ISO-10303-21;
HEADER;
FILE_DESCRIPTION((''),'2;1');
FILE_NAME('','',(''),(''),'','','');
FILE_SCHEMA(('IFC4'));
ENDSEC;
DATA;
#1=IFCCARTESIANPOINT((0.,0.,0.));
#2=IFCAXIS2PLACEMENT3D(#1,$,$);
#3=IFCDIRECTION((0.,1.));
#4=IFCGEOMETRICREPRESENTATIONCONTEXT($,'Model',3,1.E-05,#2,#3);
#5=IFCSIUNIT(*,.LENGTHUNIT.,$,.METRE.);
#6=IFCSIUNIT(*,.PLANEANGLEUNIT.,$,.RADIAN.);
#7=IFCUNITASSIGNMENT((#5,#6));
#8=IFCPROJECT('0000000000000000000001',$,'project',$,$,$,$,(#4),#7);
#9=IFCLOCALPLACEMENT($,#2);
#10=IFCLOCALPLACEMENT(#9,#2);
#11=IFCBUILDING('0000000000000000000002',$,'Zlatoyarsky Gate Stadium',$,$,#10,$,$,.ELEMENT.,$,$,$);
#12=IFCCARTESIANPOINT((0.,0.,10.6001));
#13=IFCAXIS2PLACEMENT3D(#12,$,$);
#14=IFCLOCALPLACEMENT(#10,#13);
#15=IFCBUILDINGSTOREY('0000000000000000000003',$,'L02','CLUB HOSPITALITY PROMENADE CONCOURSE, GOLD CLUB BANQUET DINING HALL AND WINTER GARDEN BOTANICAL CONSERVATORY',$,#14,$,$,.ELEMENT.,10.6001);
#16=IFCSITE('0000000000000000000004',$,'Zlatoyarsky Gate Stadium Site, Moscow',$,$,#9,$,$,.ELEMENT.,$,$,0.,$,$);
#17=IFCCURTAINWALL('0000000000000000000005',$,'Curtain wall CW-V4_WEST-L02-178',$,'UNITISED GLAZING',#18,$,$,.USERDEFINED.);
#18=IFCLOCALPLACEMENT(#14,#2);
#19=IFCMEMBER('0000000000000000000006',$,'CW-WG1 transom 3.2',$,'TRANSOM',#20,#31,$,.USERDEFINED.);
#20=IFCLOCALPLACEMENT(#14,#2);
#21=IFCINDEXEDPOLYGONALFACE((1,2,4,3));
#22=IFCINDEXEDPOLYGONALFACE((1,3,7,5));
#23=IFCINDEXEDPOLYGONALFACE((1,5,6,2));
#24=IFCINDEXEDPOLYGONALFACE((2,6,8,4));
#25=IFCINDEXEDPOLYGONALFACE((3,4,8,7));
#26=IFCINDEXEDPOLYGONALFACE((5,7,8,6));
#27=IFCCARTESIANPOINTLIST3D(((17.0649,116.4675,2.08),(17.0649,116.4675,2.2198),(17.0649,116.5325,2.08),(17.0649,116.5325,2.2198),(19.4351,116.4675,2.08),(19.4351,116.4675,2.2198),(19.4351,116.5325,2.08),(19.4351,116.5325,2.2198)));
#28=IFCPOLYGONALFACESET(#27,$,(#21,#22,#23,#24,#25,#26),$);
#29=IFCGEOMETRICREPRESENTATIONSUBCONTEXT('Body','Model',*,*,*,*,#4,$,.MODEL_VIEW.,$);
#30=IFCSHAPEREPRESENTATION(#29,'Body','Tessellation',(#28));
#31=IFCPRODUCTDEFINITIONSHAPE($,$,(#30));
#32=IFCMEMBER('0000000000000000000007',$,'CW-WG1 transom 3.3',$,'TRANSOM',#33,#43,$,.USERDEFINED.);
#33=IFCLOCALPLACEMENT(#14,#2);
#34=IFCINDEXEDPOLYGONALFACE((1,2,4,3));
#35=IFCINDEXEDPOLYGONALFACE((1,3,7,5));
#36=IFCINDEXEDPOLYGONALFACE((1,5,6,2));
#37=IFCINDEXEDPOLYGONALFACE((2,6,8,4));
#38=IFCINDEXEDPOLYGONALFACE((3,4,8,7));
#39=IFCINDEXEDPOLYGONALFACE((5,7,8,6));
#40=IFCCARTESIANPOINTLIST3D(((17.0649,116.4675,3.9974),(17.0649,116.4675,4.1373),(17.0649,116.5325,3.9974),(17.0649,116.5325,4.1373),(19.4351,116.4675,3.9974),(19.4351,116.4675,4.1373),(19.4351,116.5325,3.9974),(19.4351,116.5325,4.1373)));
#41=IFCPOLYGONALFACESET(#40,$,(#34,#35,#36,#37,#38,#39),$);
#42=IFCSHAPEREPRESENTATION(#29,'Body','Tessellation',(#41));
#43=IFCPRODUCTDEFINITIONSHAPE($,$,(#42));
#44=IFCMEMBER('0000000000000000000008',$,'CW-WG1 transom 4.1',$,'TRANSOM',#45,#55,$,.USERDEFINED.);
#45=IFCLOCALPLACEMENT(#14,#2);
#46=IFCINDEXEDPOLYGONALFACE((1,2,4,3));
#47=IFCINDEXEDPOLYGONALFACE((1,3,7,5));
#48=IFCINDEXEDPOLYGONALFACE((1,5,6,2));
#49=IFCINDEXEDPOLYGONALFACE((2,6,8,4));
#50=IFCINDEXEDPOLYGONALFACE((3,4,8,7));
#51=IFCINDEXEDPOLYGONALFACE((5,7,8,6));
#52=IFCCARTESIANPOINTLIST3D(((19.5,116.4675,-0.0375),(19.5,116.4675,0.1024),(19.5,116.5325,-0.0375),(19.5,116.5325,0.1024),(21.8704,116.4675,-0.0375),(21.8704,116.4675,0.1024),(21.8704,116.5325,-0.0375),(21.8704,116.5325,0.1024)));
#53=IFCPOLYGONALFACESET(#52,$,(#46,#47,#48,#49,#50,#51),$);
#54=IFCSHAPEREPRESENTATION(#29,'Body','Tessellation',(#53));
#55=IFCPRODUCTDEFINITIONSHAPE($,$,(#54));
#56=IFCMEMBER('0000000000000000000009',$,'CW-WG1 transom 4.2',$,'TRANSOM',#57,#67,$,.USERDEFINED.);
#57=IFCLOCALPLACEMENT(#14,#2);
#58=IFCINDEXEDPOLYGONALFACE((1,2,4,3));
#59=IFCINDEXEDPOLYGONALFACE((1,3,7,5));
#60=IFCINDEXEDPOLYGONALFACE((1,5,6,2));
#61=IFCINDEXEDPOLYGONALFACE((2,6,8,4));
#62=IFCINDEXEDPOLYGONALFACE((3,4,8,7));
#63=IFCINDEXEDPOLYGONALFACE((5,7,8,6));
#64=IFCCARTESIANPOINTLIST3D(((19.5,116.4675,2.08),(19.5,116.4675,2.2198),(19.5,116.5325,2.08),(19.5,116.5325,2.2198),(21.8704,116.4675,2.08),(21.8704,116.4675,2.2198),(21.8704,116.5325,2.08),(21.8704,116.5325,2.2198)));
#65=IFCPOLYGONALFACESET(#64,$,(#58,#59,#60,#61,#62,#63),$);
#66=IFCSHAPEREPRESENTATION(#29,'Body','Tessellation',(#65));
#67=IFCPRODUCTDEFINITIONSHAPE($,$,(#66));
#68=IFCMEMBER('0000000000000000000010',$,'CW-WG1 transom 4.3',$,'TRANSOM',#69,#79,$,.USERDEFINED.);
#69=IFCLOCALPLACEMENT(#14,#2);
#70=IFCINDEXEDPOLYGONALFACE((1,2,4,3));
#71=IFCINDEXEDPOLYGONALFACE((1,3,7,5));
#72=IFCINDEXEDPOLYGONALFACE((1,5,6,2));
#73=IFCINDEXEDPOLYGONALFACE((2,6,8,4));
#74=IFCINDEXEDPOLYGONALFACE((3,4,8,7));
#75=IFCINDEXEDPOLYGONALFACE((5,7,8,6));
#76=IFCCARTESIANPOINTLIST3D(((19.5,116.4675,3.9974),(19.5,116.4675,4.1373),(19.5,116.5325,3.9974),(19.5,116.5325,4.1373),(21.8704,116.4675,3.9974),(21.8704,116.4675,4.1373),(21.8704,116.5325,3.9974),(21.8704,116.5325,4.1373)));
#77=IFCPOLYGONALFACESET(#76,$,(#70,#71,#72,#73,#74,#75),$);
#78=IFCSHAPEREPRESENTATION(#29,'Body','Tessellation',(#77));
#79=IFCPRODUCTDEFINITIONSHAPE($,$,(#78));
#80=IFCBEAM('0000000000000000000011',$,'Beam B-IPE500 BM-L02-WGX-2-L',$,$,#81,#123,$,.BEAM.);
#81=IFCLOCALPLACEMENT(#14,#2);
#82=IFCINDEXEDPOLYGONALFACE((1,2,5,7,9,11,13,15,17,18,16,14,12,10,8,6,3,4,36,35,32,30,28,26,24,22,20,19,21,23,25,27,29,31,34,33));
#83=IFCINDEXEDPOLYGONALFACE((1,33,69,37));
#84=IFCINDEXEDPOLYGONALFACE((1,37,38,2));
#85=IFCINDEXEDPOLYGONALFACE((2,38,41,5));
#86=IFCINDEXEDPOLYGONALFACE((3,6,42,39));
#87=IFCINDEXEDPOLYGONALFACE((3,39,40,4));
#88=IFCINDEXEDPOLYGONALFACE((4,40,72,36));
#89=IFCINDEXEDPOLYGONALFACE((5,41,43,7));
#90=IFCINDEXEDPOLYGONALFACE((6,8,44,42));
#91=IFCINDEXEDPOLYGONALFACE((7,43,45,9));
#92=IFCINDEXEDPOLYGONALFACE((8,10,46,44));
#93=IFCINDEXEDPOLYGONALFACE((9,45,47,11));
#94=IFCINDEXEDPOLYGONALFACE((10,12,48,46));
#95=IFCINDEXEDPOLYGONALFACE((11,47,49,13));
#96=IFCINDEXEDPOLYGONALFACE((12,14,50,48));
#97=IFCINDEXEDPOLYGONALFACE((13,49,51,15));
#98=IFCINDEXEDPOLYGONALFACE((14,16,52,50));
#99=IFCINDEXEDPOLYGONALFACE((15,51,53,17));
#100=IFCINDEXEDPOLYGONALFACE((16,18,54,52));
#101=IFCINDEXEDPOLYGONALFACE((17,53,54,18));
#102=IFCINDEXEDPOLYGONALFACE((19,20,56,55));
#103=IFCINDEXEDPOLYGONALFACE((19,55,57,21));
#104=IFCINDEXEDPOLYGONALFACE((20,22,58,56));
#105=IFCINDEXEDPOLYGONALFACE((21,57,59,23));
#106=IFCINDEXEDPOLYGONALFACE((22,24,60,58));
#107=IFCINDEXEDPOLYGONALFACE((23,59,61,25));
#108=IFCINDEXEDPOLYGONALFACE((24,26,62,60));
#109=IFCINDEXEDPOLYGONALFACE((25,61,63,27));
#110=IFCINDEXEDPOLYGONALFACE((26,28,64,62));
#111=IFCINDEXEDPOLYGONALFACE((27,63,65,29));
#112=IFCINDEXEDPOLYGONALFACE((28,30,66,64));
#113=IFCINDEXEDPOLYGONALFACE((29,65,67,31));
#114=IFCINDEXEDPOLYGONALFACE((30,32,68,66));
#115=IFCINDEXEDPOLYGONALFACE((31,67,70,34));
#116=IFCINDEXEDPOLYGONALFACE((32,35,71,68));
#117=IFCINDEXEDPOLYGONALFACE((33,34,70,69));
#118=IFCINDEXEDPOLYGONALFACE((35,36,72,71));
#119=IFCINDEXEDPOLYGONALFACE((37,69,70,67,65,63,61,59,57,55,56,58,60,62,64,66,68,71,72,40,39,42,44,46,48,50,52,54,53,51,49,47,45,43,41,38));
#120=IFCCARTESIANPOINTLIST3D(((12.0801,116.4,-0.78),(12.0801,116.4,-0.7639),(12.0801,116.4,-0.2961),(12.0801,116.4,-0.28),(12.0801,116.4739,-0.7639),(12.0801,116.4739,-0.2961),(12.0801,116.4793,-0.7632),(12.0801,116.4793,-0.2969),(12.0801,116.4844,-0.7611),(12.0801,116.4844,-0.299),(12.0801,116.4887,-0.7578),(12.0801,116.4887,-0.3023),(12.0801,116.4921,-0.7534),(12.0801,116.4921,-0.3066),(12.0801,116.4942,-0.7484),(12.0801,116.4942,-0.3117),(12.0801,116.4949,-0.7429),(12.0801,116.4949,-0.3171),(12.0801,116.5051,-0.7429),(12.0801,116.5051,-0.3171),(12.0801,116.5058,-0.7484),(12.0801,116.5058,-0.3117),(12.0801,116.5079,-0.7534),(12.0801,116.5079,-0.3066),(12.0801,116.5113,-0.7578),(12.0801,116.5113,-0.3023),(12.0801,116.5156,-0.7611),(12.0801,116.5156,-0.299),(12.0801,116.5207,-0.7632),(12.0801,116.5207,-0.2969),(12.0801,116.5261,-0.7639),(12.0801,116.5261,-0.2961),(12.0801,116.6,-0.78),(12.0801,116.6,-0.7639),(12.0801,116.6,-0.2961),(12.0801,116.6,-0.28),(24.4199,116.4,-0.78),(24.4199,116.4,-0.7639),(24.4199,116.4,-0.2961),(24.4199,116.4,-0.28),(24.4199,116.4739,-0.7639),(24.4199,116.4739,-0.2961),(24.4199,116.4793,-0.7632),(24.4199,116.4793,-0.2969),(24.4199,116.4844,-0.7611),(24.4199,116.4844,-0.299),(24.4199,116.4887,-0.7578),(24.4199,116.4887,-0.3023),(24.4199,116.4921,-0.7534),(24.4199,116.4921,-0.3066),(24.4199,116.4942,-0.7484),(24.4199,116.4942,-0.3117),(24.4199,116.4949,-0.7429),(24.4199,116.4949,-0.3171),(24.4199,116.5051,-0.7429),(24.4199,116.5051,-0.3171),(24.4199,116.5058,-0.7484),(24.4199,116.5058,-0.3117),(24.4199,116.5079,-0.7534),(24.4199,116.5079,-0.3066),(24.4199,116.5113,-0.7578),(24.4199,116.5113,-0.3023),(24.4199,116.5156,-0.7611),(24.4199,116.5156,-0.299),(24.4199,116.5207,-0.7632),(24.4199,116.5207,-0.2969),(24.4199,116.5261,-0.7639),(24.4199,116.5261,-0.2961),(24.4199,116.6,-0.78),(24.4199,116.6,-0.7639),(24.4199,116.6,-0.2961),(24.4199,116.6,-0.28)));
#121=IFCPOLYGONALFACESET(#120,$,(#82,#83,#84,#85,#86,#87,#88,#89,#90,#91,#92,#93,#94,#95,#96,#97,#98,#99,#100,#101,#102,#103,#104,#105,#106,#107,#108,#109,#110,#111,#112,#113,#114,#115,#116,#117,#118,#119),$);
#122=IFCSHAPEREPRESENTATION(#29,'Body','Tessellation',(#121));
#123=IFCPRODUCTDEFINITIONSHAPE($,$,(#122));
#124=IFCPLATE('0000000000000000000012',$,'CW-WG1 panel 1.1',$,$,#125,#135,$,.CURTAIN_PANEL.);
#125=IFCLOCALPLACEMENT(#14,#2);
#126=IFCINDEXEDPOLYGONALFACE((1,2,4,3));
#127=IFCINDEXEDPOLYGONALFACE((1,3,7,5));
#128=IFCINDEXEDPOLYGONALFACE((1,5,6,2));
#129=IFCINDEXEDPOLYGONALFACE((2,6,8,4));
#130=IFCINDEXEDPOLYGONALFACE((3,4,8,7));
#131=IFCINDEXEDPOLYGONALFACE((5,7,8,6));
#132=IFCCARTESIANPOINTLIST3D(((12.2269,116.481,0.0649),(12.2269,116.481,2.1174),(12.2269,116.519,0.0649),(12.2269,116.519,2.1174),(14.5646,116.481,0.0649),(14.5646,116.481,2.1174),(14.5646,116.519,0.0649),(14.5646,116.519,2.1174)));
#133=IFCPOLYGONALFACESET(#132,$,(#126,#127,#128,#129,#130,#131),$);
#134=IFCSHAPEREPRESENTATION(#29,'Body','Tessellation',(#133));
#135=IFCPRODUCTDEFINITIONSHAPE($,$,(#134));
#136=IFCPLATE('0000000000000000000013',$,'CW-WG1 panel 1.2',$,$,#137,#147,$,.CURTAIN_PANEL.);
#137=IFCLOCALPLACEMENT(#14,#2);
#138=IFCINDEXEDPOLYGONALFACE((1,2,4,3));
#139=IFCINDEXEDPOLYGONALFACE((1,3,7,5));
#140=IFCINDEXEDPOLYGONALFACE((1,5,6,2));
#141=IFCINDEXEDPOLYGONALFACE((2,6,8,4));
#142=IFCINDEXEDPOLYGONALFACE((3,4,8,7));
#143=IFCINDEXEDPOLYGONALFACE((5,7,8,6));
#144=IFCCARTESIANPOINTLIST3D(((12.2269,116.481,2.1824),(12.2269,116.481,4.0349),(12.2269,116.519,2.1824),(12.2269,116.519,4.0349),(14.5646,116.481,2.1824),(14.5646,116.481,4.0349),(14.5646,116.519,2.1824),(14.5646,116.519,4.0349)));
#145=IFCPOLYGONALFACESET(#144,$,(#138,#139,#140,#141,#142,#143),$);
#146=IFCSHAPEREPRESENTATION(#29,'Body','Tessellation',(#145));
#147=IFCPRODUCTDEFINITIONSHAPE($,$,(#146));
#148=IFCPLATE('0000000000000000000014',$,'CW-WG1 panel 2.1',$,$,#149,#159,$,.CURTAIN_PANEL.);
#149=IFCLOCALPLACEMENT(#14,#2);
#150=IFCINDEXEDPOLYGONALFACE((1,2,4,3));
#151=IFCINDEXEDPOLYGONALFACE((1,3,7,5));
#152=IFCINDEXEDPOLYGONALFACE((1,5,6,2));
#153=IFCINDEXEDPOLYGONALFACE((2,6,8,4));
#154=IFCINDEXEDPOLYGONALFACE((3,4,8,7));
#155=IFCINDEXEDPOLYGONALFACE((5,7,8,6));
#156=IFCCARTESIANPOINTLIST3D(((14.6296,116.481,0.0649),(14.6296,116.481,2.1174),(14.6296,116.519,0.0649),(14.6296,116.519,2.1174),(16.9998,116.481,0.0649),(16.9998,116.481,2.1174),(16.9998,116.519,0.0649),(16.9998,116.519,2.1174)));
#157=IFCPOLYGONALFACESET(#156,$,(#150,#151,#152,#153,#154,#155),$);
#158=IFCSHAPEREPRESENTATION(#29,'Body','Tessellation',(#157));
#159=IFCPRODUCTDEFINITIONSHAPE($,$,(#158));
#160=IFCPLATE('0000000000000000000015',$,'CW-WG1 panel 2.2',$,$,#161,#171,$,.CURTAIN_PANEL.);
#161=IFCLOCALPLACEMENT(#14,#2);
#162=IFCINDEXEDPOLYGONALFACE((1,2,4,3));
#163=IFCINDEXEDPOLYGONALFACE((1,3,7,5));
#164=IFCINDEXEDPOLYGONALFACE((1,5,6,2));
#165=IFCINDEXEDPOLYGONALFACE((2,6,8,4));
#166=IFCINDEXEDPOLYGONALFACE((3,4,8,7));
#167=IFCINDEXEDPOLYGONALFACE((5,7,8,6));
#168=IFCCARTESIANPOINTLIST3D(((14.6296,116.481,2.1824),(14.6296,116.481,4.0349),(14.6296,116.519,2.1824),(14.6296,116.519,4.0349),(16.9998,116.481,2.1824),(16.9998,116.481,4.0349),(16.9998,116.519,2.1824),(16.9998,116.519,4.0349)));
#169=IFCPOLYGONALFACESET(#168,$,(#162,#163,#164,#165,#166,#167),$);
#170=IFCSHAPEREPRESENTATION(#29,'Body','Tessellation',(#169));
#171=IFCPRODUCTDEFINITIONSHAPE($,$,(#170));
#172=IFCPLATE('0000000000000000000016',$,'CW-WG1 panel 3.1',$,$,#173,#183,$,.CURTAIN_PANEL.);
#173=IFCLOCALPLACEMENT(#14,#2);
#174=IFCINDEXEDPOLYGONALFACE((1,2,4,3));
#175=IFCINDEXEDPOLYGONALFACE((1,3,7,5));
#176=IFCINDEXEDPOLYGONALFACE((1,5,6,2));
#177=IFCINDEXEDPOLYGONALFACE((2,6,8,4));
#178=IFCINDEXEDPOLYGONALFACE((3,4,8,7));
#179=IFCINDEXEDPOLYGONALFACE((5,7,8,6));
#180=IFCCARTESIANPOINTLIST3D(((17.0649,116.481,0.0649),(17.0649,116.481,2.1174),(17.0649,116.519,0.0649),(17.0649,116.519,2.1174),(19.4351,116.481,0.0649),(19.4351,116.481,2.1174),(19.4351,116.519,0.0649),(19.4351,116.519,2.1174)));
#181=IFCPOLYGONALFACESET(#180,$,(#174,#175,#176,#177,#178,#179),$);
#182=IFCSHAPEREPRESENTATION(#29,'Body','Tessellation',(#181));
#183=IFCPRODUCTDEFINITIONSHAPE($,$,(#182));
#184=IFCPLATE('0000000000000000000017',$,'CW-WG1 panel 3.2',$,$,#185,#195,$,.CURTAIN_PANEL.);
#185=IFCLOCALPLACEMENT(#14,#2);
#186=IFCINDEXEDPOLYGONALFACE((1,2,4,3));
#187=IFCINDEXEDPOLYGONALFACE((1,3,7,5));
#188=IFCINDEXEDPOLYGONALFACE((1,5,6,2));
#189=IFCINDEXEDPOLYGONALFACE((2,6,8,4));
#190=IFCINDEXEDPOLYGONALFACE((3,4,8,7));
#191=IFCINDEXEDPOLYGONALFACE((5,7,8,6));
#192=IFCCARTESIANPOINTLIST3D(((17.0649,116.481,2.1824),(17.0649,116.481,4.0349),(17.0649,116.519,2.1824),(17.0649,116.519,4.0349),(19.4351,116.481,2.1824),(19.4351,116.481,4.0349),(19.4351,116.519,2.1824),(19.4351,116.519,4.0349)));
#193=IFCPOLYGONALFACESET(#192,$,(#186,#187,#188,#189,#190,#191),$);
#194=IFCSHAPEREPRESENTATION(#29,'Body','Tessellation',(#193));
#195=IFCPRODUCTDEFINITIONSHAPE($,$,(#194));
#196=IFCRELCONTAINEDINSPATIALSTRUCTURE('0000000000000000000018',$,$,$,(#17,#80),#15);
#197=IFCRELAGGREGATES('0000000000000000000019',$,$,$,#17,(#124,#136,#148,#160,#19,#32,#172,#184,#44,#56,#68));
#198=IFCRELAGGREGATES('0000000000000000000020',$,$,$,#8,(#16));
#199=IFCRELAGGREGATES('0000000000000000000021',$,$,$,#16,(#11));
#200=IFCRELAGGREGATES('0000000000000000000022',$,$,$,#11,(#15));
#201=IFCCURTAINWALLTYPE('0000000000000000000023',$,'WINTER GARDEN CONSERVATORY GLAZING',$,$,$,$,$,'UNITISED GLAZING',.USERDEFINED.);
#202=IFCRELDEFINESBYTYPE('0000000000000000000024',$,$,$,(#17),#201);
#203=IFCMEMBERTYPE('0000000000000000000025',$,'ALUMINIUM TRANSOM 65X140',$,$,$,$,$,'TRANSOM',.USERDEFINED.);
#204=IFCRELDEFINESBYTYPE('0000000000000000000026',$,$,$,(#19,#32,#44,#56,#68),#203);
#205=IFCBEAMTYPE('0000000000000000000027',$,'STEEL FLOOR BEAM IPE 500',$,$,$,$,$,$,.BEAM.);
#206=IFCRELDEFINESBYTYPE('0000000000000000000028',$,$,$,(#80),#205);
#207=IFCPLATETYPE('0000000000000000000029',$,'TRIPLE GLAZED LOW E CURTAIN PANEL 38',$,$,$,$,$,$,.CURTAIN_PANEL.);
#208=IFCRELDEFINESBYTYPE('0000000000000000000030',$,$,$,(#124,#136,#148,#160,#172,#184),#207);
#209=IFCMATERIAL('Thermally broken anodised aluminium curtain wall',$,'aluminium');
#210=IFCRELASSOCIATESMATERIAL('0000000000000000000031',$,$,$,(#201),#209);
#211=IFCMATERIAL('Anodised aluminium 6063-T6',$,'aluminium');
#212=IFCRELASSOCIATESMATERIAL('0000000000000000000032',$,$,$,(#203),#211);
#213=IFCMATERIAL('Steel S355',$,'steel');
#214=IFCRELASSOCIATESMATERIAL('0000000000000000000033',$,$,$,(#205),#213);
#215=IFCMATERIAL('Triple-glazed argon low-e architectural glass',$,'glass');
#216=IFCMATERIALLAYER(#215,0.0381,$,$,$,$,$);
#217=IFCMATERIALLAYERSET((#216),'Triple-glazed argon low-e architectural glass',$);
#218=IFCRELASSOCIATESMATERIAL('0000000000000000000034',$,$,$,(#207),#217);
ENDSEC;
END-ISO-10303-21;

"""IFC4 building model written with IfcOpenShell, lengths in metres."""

from ifc_helpers import new_model, si_unit, direction, frame, origin, origin_2d, place, context, subcontext, project, spatial, rectangle, i_section, extrude, material, layer, layer_set, material_profile, profile_set, type_object, element, aggregate, save


model = new_model("IFC4")

# Units and contexts
model_context = context("Model", 3, precision=1e-05, world=origin(), true_north=direction((0.0, 1.0)))
body_context = subcontext(model_context, "Body", "Model", "MODEL_VIEW")
ifc_project = project(units=[si_unit("LENGTHUNIT", "METRE"), si_unit("PLANEANGLEUNIT", "RADIAN")], contexts=[model_context])

# Site, building, storey
site_placement = place(None, origin())
site = spatial("IfcSite", under=ifc_project, at=site_placement, Name="Zlatoyarsky Gate Stadium Site, Moscow", CompositionType="ELEMENT", RefElevation=0.0)
building_placement = place(site_placement, origin())
building = spatial("IfcBuilding", under=site, at=building_placement, Name="Zlatoyarsky Gate Stadium", CompositionType="ELEMENT")
storey_placement = place(building_placement, frame((0.0, 0.0, 10.6001)))
storey = spatial("IfcBuildingStorey", under=building, at=storey_placement, Name="L02", Description="CLUB HOSPITALITY PROMENADE CONCOURSE, GOLD CLUB BANQUET DINING HALL AND WINTER GARDEN BOTANICAL CONSERVATORY", CompositionType="ELEMENT", Elevation=10.6001)

# Shared definitions
ifc_material_1 = material(Name="Steel S355", Category="steel")

# Curtain wall, members
ifc_material_2 = material(Name="Thermally broken anodised aluminium curtain wall", Category="aluminium")
curtain_wall_type = type_object("IfcCurtainWallType", Name="WINTER GARDEN CONSERVATORY GLAZING", ElementType="UNITISED GLAZING", PredefinedType="USERDEFINED", material=ifc_material_2)
curtain_wall_placement = place(storey_placement, origin())
curtain_wall = element("IfcCurtainWall", 1, at=curtain_wall_placement, inside=storey, type_object=curtain_wall_type, Name="Curtain wall CW-V4_WEST-L02-178", ObjectType="UNITISED GLAZING", PredefinedType="USERDEFINED")
ifc_material_3 = material(Name="Anodised aluminium 6063-T6", Category="aluminium")
ifc_material_profile_1 = material_profile(ifc_material_3, rectangle(XDim=0.0649, YDim=0.1399, at=origin_2d()), Name="ALU 65X140")
ifc_profile_set_1 = profile_set([ifc_material_profile_1], Name="Anodised aluminium 6063-T6")
member_type_1 = type_object("IfcMemberType", Name="ALUMINIUM TRANSOM 65X140", ElementType="TRANSOM", PredefinedType="USERDEFINED", material=ifc_profile_set_1)
member_1_placement = place(storey_placement, frame((17.0649, 116.5, 2.1499), z_axis=(1.0, 0.0, 0.0), x_axis=(0.0, 1.0, 0.0)))
member_1 = element("IfcMember", 2, at=member_1_placement, type_object=member_type_1, Name="CW-WG1 transom 3.2", ObjectType="TRANSOM", PredefinedType="USERDEFINED", context=body_context, shape_type="SweptSolid", body=[
    extrude(rectangle(XDim=0.0649, YDim=0.1399, at=origin_2d()), origin(), (0.0, 0.0, 1.0), 2.3701),
])
member_2_placement = place(storey_placement, frame((17.0649, 116.5, 4.0674), z_axis=(1.0, 0.0, 0.0), x_axis=(0.0, 1.0, 0.0)))
member_2 = element("IfcMember", 3, at=member_2_placement, type_object=member_type_1, Name="CW-WG1 transom 3.3", ObjectType="TRANSOM", PredefinedType="USERDEFINED", context=body_context, shape_type="SweptSolid", body=[
    extrude(rectangle(XDim=0.0649, YDim=0.1399, at=origin_2d()), origin(), (0.0, 0.0, 1.0), 2.3701),
])
member_3_placement = place(storey_placement, frame((19.5, 116.5, 0.0325), z_axis=(1.0, 0.0, 0.0), x_axis=(0.0, 1.0, 0.0)))
member_3 = element("IfcMember", 4, at=member_3_placement, type_object=member_type_1, Name="CW-WG1 transom 4.1", ObjectType="TRANSOM", PredefinedType="USERDEFINED", context=body_context, shape_type="SweptSolid", body=[
    extrude(rectangle(XDim=0.0649, YDim=0.1399, at=origin_2d()), origin(), (0.0, 0.0, 1.0), 2.3704),
])
member_4_placement = place(storey_placement, frame((19.5, 116.5, 2.1499), z_axis=(1.0, 0.0, 0.0), x_axis=(0.0, 1.0, 0.0)))
member_4 = element("IfcMember", 5, at=member_4_placement, type_object=member_type_1, Name="CW-WG1 transom 4.2", ObjectType="TRANSOM", PredefinedType="USERDEFINED", context=body_context, shape_type="SweptSolid", body=[
    extrude(rectangle(XDim=0.0649, YDim=0.1399, at=origin_2d()), origin(), (0.0, 0.0, 1.0), 2.3704),
])
member_5_placement = place(storey_placement, frame((19.5, 116.5, 4.0674), z_axis=(1.0, 0.0, 0.0), x_axis=(0.0, 1.0, 0.0)))
member_5 = element("IfcMember", 6, at=member_5_placement, type_object=member_type_1, Name="CW-WG1 transom 4.3", ObjectType="TRANSOM", PredefinedType="USERDEFINED", context=body_context, shape_type="SweptSolid", body=[
    extrude(rectangle(XDim=0.0649, YDim=0.1399, at=origin_2d()), origin(), (0.0, 0.0, 1.0), 2.3704),
])

# Beam
ifc_material_profile_2 = material_profile(ifc_material_1, i_section(OverallWidth=0.2, OverallDepth=0.5, WebThickness=0.0103, FlangeThickness=0.0161, FilletRadius=0.021, at=origin_2d()), Name="IPE 500")
ifc_profile_set_2 = profile_set([ifc_material_profile_2], Name="Steel S355")
beam_type = type_object("IfcBeamType", Name="STEEL FLOOR BEAM IPE 500", PredefinedType="BEAM", material=ifc_profile_set_2)
beam_placement = place(storey_placement, frame((12.0801, 116.5, -0.53), z_axis=(1.0, 0.0, 0.0), x_axis=(0.0, 1.0, 0.0)))
element("IfcBeam", 7, at=beam_placement, inside=storey, type_object=beam_type, Name="Beam B-IPE500 BM-L02-WGX-2-L", PredefinedType="BEAM", context=body_context, shape_type="SweptSolid", body=[
    extrude(i_section(OverallWidth=0.2, OverallDepth=0.5, WebThickness=0.0103, FlangeThickness=0.0161, FilletRadius=0.021, at=origin_2d()), origin(), (0.0, 0.0, 1.0), 12.3398),
])

# Plates
ifc_material_4 = material(Name="Triple-glazed argon low-e architectural glass", Category="glass")
ifc_layer_1 = layer(ifc_material_4, 0.0381)
ifc_layer_set_1 = layer_set([ifc_layer_1], Name="Triple-glazed argon low-e architectural glass")
plate_type = type_object("IfcPlateType", Name="TRIPLE GLAZED LOW E CURTAIN PANEL 38", PredefinedType="CURTAIN_PANEL", material=ifc_layer_set_1)
plate_1_placement = place(storey_placement, frame((13.3958, 116.5, 0.0649), z_axis=(0.0, 0.0, 1.0), x_axis=(1.0, 0.0, 0.0)))
plate_1 = element("IfcPlate", 8, at=plate_1_placement, type_object=plate_type, Name="CW-WG1 panel 1.1", PredefinedType="CURTAIN_PANEL", context=body_context, shape_type="SweptSolid", body=[
    extrude(rectangle(XDim=2.3376, YDim=0.0381, at=origin_2d()), origin(), (0.0, 0.0, 1.0), 2.0525),
])
plate_2_placement = place(storey_placement, frame((13.3958, 116.5, 2.1824), z_axis=(0.0, 0.0, 1.0), x_axis=(1.0, 0.0, 0.0)))
plate_2 = element("IfcPlate", 9, at=plate_2_placement, type_object=plate_type, Name="CW-WG1 panel 1.2", PredefinedType="CURTAIN_PANEL", context=body_context, shape_type="SweptSolid", body=[
    extrude(rectangle(XDim=2.3376, YDim=0.0381, at=origin_2d()), origin(), (0.0, 0.0, 1.0), 1.8525),
])
plate_3_placement = place(storey_placement, frame((15.8147, 116.5, 0.0649), z_axis=(0.0, 0.0, 1.0), x_axis=(1.0, 0.0, 0.0)))
plate_3 = element("IfcPlate", 10, at=plate_3_placement, type_object=plate_type, Name="CW-WG1 panel 2.1", PredefinedType="CURTAIN_PANEL", context=body_context, shape_type="SweptSolid", body=[
    extrude(rectangle(XDim=2.3701, YDim=0.0381, at=origin_2d()), origin(), (0.0, 0.0, 1.0), 2.0525),
])
plate_4_placement = place(storey_placement, frame((15.8147, 116.5, 2.1824), z_axis=(0.0, 0.0, 1.0), x_axis=(1.0, 0.0, 0.0)))
plate_4 = element("IfcPlate", 11, at=plate_4_placement, type_object=plate_type, Name="CW-WG1 panel 2.2", PredefinedType="CURTAIN_PANEL", context=body_context, shape_type="SweptSolid", body=[
    extrude(rectangle(XDim=2.3701, YDim=0.0381, at=origin_2d()), origin(), (0.0, 0.0, 1.0), 1.8525),
])
plate_5_placement = place(storey_placement, frame((18.25, 116.5, 0.0649), z_axis=(0.0, 0.0, 1.0), x_axis=(1.0, 0.0, 0.0)))
plate_5 = element("IfcPlate", 12, at=plate_5_placement, type_object=plate_type, Name="CW-WG1 panel 3.1", PredefinedType="CURTAIN_PANEL", context=body_context, shape_type="SweptSolid", body=[
    extrude(rectangle(XDim=2.3701, YDim=0.0381, at=origin_2d()), origin(), (0.0, 0.0, 1.0), 2.0525),
])
plate_6_placement = place(storey_placement, frame((18.25, 116.5, 2.1824), z_axis=(0.0, 0.0, 1.0), x_axis=(1.0, 0.0, 0.0)))
plate_6 = element("IfcPlate", 13, at=plate_6_placement, type_object=plate_type, Name="CW-WG1 panel 3.2", PredefinedType="CURTAIN_PANEL", context=body_context, shape_type="SweptSolid", body=[
    extrude(rectangle(XDim=2.3701, YDim=0.0381, at=origin_2d()), origin(), (0.0, 0.0, 1.0), 1.8525),
])
aggregate(curtain_wall, [plate_1, plate_2, plate_3, plate_4, member_1, member_2, plate_5, plate_6, member_3, member_4, member_5])

save(model, "model.ifc")
